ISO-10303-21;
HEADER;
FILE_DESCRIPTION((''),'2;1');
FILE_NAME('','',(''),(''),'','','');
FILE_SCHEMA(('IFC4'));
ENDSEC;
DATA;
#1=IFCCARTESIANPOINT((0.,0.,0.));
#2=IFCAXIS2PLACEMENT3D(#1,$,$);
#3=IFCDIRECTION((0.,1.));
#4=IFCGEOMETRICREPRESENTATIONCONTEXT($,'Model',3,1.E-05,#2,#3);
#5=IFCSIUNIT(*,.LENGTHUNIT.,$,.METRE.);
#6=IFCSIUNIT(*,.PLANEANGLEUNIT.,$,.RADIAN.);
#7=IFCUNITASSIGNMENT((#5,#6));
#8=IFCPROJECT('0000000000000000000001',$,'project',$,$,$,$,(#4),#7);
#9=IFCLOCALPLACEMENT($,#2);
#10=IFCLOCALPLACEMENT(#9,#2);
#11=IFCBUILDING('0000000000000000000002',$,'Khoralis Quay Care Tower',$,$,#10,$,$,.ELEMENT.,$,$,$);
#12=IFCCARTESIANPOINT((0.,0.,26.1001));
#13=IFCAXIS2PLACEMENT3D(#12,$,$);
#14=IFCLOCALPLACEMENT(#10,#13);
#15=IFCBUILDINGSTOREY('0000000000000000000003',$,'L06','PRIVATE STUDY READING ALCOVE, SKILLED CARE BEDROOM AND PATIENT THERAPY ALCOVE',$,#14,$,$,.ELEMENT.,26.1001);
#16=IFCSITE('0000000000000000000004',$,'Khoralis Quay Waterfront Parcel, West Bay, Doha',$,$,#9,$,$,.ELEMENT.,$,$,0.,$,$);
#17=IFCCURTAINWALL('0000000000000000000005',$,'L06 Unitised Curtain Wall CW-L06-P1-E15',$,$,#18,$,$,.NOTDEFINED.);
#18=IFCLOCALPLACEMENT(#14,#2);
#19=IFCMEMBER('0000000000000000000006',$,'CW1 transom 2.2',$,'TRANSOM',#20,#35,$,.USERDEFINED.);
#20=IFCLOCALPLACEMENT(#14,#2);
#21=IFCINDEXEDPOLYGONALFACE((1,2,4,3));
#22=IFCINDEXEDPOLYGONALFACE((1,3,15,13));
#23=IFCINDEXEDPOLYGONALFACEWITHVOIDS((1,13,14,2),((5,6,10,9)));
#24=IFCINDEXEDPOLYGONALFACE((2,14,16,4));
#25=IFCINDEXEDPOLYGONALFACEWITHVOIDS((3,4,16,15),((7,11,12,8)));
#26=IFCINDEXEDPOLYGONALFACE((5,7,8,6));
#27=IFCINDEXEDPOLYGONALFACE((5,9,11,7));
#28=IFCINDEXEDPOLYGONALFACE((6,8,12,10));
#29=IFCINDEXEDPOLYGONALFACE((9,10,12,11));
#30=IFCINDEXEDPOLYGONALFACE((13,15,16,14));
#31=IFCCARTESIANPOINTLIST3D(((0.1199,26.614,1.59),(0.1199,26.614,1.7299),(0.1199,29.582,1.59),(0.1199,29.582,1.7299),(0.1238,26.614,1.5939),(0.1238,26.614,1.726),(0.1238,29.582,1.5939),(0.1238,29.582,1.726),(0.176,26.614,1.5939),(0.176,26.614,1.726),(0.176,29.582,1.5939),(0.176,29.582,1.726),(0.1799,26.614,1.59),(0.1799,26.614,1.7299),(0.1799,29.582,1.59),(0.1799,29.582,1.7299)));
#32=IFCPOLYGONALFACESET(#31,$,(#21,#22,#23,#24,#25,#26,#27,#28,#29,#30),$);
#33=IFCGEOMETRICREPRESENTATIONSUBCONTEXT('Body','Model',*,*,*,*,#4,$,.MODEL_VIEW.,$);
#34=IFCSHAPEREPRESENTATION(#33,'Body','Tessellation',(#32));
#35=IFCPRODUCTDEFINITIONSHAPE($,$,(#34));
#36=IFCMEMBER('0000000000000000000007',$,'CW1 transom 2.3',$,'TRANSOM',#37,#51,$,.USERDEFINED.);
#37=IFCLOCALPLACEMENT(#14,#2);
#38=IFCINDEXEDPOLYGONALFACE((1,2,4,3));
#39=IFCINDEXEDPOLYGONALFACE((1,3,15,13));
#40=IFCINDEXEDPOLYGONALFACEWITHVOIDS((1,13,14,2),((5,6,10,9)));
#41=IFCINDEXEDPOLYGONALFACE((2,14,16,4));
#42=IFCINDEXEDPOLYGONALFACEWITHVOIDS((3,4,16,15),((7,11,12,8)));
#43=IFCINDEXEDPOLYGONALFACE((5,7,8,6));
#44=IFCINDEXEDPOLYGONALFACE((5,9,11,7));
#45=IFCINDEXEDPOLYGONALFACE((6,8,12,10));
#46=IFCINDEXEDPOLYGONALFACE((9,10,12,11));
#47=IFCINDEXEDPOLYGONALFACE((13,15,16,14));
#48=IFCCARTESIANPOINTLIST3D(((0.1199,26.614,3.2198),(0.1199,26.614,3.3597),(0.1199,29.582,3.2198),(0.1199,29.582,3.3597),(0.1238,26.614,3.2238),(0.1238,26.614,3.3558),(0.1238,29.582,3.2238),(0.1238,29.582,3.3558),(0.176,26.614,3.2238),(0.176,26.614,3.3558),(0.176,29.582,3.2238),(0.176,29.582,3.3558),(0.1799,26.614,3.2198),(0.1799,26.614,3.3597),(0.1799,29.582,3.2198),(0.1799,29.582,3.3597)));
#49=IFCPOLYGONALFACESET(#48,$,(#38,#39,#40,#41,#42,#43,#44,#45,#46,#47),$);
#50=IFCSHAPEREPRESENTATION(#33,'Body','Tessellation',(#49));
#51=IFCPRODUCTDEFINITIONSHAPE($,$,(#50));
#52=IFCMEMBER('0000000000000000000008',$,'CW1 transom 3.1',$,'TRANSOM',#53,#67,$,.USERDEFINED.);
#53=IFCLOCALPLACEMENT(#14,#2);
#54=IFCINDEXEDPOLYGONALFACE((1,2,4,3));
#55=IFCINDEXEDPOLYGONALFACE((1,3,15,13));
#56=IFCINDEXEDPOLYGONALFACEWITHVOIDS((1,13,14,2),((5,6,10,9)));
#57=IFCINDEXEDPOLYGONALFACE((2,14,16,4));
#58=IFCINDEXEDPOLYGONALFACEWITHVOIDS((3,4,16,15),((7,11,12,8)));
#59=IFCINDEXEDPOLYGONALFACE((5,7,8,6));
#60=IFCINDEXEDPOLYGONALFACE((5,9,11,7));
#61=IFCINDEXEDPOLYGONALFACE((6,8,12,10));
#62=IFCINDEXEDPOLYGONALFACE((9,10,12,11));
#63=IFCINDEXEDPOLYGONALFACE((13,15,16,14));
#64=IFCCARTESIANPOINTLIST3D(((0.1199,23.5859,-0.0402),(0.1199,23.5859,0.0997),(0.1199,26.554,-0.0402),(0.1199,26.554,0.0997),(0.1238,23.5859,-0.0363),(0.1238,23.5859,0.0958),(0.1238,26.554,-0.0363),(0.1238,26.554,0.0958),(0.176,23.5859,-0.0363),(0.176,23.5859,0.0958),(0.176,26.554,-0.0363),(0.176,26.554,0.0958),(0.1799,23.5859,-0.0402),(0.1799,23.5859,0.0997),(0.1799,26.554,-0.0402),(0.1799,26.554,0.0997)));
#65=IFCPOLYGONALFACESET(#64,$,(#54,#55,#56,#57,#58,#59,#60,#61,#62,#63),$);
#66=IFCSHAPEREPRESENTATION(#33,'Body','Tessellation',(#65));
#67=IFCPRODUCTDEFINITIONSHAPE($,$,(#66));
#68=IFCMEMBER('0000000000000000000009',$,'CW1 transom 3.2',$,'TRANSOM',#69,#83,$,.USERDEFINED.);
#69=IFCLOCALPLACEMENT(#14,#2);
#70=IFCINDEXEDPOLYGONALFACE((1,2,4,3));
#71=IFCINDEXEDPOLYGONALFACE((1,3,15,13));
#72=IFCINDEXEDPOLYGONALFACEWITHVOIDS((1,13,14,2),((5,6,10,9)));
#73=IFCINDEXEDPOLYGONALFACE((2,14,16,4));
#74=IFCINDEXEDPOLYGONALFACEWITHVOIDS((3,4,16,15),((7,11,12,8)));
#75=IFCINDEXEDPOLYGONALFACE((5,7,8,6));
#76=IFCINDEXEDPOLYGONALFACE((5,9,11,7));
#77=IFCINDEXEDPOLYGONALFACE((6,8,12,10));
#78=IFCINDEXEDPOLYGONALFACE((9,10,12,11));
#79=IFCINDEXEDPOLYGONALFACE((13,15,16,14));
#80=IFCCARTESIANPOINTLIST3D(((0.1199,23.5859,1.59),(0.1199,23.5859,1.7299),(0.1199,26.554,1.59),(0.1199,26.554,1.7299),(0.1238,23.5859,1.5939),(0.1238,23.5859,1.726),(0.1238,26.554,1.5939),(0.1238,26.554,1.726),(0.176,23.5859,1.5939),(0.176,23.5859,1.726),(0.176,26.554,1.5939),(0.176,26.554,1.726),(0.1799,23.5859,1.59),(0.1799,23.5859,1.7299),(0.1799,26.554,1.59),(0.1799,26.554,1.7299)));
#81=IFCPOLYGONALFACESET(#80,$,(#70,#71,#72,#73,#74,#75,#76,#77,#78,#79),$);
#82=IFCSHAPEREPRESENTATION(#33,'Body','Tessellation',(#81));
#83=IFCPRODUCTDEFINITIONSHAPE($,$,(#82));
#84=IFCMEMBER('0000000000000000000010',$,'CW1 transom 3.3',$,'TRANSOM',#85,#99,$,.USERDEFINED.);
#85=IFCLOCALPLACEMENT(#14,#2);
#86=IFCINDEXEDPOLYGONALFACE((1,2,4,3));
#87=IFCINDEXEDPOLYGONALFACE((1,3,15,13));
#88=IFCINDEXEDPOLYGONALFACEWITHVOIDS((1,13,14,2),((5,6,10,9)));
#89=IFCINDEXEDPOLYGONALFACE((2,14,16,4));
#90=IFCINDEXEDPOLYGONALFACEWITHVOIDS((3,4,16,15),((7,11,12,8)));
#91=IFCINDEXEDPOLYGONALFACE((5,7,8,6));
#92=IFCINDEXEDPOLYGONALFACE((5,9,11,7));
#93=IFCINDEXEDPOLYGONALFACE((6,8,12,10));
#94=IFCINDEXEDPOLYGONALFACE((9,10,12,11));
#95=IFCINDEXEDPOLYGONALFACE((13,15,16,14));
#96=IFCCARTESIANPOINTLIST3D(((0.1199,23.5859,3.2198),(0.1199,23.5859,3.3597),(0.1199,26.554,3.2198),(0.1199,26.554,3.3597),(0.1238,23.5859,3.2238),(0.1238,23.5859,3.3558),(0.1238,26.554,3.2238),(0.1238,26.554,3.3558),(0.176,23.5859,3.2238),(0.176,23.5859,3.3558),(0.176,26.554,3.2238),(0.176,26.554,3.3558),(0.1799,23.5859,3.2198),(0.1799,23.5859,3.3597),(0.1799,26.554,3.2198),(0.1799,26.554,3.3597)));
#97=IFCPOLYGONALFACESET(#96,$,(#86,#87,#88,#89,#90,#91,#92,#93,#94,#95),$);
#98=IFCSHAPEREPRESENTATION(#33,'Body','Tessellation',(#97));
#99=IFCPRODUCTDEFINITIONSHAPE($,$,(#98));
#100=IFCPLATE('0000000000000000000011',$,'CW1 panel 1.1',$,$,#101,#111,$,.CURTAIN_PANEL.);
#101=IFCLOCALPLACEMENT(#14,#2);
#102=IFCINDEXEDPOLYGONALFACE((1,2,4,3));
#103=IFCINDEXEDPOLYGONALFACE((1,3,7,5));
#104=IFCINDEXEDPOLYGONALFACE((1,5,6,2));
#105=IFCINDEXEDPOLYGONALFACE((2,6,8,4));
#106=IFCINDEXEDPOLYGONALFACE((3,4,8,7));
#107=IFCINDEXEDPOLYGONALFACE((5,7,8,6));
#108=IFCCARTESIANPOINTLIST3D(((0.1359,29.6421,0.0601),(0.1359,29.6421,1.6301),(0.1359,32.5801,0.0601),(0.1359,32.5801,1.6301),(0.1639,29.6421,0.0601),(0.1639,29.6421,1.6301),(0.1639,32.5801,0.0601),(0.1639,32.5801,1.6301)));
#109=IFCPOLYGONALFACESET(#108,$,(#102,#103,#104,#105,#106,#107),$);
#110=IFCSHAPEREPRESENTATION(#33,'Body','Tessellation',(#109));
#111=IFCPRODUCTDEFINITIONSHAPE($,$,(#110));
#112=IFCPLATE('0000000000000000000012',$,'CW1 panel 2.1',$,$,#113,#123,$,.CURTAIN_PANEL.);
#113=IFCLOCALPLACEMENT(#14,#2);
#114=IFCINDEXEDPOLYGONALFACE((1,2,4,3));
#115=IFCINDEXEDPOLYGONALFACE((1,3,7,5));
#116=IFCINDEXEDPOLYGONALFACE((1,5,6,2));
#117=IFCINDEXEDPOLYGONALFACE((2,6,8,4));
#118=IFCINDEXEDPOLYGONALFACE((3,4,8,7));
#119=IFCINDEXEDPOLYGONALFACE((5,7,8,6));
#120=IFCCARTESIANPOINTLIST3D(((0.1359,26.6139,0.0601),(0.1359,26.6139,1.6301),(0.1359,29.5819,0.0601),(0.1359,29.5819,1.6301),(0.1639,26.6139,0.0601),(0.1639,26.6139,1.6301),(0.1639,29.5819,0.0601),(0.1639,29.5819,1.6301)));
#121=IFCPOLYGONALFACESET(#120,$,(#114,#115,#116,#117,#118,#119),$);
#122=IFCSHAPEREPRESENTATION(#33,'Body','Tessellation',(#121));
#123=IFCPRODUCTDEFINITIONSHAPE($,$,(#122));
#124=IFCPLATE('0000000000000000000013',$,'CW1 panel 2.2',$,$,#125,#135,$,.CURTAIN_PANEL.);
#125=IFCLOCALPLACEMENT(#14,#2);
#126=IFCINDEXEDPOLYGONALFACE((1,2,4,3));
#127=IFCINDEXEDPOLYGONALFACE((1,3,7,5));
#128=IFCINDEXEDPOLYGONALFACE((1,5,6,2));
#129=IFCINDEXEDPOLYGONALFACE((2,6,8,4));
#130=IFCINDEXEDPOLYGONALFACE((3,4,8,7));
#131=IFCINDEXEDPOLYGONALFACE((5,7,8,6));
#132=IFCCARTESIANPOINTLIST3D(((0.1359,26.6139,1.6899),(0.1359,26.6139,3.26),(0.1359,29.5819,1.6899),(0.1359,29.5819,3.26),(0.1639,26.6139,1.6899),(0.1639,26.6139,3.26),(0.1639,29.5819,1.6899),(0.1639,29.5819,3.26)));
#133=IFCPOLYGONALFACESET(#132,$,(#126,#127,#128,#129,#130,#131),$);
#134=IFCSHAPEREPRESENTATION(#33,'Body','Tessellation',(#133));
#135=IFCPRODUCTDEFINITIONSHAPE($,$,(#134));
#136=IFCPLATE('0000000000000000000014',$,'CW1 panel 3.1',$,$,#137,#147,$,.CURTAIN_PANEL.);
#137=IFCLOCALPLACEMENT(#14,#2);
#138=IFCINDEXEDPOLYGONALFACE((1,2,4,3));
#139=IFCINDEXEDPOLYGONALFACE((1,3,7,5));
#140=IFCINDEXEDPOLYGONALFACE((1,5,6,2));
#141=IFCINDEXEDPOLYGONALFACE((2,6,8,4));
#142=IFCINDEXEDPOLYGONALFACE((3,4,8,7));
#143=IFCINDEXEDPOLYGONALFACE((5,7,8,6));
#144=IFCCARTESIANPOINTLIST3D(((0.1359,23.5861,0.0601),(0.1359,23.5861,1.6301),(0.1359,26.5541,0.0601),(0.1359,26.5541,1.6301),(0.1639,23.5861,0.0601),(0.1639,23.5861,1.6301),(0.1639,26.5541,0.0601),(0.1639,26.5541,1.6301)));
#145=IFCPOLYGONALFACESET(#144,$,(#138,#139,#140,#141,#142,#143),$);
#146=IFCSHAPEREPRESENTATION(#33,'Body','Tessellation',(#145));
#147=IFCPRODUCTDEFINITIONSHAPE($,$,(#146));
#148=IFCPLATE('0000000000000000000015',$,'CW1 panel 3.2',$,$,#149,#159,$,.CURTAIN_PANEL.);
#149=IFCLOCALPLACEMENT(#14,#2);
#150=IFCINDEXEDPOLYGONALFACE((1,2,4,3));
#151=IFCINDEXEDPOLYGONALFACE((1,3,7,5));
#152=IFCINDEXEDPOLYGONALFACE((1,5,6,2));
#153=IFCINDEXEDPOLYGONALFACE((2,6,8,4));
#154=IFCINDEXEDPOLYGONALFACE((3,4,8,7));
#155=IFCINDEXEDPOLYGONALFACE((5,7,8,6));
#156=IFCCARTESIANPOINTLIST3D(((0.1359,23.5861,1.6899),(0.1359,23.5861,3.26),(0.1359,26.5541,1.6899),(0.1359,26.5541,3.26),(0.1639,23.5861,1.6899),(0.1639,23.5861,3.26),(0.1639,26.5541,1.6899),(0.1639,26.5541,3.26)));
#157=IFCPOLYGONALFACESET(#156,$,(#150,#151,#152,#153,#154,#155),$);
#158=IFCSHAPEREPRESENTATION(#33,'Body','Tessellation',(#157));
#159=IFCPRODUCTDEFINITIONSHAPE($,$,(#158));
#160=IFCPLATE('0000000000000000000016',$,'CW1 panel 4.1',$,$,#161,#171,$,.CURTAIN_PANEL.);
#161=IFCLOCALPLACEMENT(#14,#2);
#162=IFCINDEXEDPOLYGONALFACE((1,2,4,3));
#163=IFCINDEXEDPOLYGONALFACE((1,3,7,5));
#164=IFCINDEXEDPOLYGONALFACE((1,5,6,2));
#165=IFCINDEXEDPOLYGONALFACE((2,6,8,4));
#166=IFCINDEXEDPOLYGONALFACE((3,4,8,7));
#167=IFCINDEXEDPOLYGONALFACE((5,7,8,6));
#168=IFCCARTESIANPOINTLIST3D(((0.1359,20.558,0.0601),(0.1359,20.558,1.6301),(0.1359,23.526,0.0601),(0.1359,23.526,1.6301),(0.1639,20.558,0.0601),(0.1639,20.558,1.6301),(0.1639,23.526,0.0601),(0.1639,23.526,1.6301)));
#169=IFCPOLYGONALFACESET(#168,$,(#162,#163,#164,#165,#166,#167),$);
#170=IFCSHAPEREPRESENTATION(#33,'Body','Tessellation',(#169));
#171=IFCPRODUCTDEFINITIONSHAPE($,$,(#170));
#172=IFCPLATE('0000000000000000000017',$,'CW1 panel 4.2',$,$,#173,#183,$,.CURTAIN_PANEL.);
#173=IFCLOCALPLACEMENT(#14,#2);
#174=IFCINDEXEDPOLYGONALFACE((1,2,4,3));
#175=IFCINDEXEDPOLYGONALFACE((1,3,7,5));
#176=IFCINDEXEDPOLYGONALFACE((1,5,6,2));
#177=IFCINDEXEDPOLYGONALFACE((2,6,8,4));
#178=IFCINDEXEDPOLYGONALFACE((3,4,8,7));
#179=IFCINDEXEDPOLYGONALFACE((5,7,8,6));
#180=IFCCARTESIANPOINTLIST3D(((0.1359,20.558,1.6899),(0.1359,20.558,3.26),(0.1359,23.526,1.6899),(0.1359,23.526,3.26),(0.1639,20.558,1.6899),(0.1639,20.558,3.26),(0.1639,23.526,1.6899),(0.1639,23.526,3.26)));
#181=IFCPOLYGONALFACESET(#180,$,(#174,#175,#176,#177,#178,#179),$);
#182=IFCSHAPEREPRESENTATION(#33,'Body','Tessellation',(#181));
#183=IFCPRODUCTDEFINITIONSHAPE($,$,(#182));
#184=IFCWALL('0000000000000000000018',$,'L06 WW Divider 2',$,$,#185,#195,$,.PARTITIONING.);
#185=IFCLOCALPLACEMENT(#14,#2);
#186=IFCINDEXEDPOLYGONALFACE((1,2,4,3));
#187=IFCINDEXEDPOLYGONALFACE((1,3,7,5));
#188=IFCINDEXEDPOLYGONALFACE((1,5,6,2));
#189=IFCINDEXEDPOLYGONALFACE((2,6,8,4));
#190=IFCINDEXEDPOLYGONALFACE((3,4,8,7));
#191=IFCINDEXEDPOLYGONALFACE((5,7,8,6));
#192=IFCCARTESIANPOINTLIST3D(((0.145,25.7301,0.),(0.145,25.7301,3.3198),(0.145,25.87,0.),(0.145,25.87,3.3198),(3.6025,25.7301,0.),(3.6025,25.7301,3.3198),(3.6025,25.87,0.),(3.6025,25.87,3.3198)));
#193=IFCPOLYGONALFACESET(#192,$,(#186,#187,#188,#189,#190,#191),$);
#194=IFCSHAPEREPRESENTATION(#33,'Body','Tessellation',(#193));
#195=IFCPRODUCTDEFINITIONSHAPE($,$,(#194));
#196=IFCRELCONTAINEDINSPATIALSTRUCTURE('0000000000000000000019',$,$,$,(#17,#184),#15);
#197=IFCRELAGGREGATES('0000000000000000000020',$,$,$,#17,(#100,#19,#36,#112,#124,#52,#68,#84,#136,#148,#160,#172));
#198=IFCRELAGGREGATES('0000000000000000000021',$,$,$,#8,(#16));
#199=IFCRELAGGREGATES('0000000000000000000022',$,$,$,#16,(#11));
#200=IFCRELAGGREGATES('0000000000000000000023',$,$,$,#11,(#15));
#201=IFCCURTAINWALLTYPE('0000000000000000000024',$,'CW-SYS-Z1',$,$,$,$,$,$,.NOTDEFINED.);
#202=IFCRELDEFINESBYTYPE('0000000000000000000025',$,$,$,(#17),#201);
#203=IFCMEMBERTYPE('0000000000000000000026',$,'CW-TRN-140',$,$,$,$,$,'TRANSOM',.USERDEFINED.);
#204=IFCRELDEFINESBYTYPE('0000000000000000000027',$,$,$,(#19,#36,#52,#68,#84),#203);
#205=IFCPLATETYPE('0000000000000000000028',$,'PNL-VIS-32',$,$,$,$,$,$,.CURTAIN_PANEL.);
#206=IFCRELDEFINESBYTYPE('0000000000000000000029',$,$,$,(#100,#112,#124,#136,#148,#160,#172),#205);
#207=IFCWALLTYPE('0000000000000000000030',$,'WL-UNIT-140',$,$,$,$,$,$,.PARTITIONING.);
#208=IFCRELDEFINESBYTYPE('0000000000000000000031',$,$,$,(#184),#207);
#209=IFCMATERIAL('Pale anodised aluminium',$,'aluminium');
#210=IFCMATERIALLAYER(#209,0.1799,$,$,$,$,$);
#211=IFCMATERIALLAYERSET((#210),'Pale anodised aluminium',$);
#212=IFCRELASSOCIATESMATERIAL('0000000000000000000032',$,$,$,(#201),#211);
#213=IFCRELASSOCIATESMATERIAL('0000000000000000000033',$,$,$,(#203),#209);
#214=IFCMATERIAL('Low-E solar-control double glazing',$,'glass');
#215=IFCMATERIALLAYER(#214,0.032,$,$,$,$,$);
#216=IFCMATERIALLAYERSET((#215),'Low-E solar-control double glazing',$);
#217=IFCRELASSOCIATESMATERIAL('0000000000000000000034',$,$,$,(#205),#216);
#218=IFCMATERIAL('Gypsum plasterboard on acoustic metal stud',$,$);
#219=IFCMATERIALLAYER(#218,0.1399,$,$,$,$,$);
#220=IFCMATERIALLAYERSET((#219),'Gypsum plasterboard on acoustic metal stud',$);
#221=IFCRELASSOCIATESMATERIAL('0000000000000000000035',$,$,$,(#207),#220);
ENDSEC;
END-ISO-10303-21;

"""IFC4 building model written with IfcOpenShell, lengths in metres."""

from ifc_helpers import new_model, si_unit, direction, frame, frame_2d, origin, origin_2d, place, context, subcontext, project, spatial, rectangle, hollow_rectangle, extrude, source, transform, mapped, material, layer, layer_set, material_profile, profile_set, type_object, element, aggregate, save


model = new_model("IFC4")

# Units and contexts
model_context = context("Model", 3, precision=1e-05, world=origin(), true_north=direction((0.0, 1.0)))
body_context = subcontext(model_context, "Body", "Model", "MODEL_VIEW")
ifc_project = project(units=[si_unit("LENGTHUNIT", "METRE"), si_unit("PLANEANGLEUNIT", "RADIAN")], contexts=[model_context])

# Site, building, storey
site_placement = place(None, origin())
site = spatial("IfcSite", under=ifc_project, at=site_placement, Name="Khoralis Quay Waterfront Parcel, West Bay, Doha", CompositionType="ELEMENT", RefElevation=0.0)
building_placement = place(site_placement, origin())
building = spatial("IfcBuilding", under=site, at=building_placement, Name="Khoralis Quay Care Tower", CompositionType="ELEMENT")
storey_placement = place(building_placement, frame((0.0, 0.0, 26.1001)))
storey = spatial("IfcBuildingStorey", under=building, at=storey_placement, Name="L06", Description="PRIVATE STUDY READING ALCOVE, SKILLED CARE BEDROOM AND PATIENT THERAPY ALCOVE", CompositionType="ELEMENT", Elevation=26.1001)

# Curtain wall, members, plates
ifc_material_1 = material(Name="Pale anodised aluminium", Category="aluminium")
ifc_layer_1 = layer(ifc_material_1, 0.1799)
ifc_layer_set_1 = layer_set([ifc_layer_1], Name="Pale anodised aluminium")
curtain_wall_type = type_object("IfcCurtainWallType", Name="CW-SYS-Z1", PredefinedType="NOTDEFINED", material=ifc_layer_set_1)
curtain_wall_placement = place(storey_placement, origin())
curtain_wall = element("IfcCurtainWall", 1, at=curtain_wall_placement, inside=storey, type_object=curtain_wall_type, Name="L06 Unitised Curtain Wall CW-L06-P1-E15", PredefinedType="NOTDEFINED")
ifc_material_profile_1 = material_profile(ifc_material_1, hollow_rectangle(XDim=0.0601, YDim=0.1399, WallThickness=0.0039, at=origin_2d()), Name="Pale anodised aluminium")
ifc_profile_set_1 = profile_set([ifc_material_profile_1], Name="Pale anodised aluminium")
member_type_1 = type_object("IfcMemberType", Name="CW-TRN-140", ElementType="TRANSOM", PredefinedType="USERDEFINED", material=ifc_profile_set_1)
shared_shape_1 = source(origin(), body_context, "Body", "SweptSolid", [
    extrude(hollow_rectangle(XDim=0.0601, YDim=0.1399, WallThickness=0.0039, at=origin_2d()), origin(), (0.0, 0.0, 1.0), 2.968),
])
member_1_placement = place(storey_placement, frame((0.1499, 29.582, 1.6599), z_axis=(0.0, -1.0, 0.0), x_axis=(1.0, 0.0, 0.0)))
member_1 = element("IfcMember", 2, at=member_1_placement, type_object=member_type_1, Name="CW1 transom 2.2", ObjectType="TRANSOM", PredefinedType="USERDEFINED", context=body_context, shape_type="MappedRepresentation", body=[
    mapped(shared_shape_1, transform((0.0, 0.0, 0.0), scale=1.0)),
])
member_2_placement = place(storey_placement, frame((0.1499, 29.582, 3.2898), z_axis=(0.0, -1.0, 0.0), x_axis=(1.0, 0.0, 0.0)))
member_2 = element("IfcMember", 3, at=member_2_placement, type_object=member_type_1, Name="CW1 transom 2.3", ObjectType="TRANSOM", PredefinedType="USERDEFINED", context=body_context, shape_type="MappedRepresentation", body=[
    mapped(shared_shape_1, transform((0.0, 0.0, 0.0), scale=1.0)),
])
member_3_placement = place(storey_placement, frame((0.1499, 26.554, 0.0298), z_axis=(0.0, -1.0, 0.0), x_axis=(1.0, 0.0, 0.0)))
member_3 = element("IfcMember", 4, at=member_3_placement, type_object=member_type_1, Name="CW1 transom 3.1", ObjectType="TRANSOM", PredefinedType="USERDEFINED", context=body_context, shape_type="MappedRepresentation", body=[
    mapped(shared_shape_1, transform((0.0, 0.0, 0.0), scale=1.0)),
])
member_4_placement = place(storey_placement, frame((0.1499, 26.554, 1.6599), z_axis=(0.0, -1.0, 0.0), x_axis=(1.0, 0.0, 0.0)))
member_4 = element("IfcMember", 5, at=member_4_placement, type_object=member_type_1, Name="CW1 transom 3.2", ObjectType="TRANSOM", PredefinedType="USERDEFINED", context=body_context, shape_type="MappedRepresentation", body=[
    mapped(shared_shape_1, transform((0.0, 0.0, 0.0), scale=1.0)),
])
member_5_placement = place(storey_placement, frame((0.1499, 26.554, 3.2898), z_axis=(0.0, -1.0, 0.0), x_axis=(1.0, 0.0, 0.0)))
member_5 = element("IfcMember", 6, at=member_5_placement, type_object=member_type_1, Name="CW1 transom 3.3", ObjectType="TRANSOM", PredefinedType="USERDEFINED", context=body_context, shape_type="MappedRepresentation", body=[
    mapped(shared_shape_1, transform((0.0, 0.0, 0.0), scale=1.0)),
])
ifc_material_2 = material(Name="Low-E solar-control double glazing", Category="glass")
ifc_layer_2 = layer(ifc_material_2, 0.032)
ifc_layer_set_2 = layer_set([ifc_layer_2], Name="Low-E solar-control double glazing")
plate_type = type_object("IfcPlateType", Name="PNL-VIS-32", PredefinedType="CURTAIN_PANEL", material=ifc_layer_set_2)
shared_shape_2 = source(origin(), body_context, "Body", "SweptSolid", [
    extrude(rectangle(XDim=2.938, YDim=0.0281, at=origin_2d()), origin(), (0.0, 0.0, 1.0), 1.5701),
])
plate_1_placement = place(storey_placement, frame((0.1499, 31.1111, 0.0601), z_axis=(0.0, 0.0, 1.0), x_axis=(0.0, -1.0, 0.0)))
plate_1 = element("IfcPlate", 7, at=plate_1_placement, type_object=plate_type, Name="CW1 panel 1.1", PredefinedType="CURTAIN_PANEL", context=body_context, shape_type="MappedRepresentation", body=[
    mapped(shared_shape_2, transform((0.0, 0.0, 0.0), scale=1.0)),
])
shared_shape_3 = source(origin(), body_context, "Body", "SweptSolid", [
    extrude(rectangle(XDim=2.968, YDim=0.0281, at=origin_2d()), origin(), (0.0, 0.0, 1.0), 1.5701),
])
plate_2_placement = place(storey_placement, frame((0.1499, 28.0979, 0.0601), z_axis=(0.0, 0.0, 1.0), x_axis=(0.0, -1.0, 0.0)))
plate_2 = element("IfcPlate", 8, at=plate_2_placement, type_object=plate_type, Name="CW1 panel 2.1", PredefinedType="CURTAIN_PANEL", context=body_context, shape_type="MappedRepresentation", body=[
    mapped(shared_shape_3, transform((0.0, 0.0, 0.0), scale=1.0)),
])
plate_3_placement = place(storey_placement, frame((0.1499, 28.0979, 1.6899), z_axis=(0.0, 0.0, 1.0), x_axis=(0.0, -1.0, 0.0)))
plate_3 = element("IfcPlate", 9, at=plate_3_placement, type_object=plate_type, Name="CW1 panel 2.2", PredefinedType="CURTAIN_PANEL", context=body_context, shape_type="MappedRepresentation", body=[
    mapped(shared_shape_3, transform((0.0, 0.0, 0.0), scale=1.0)),
])
plate_4_placement = place(storey_placement, frame((0.1499, 25.0701, 0.0601), z_axis=(0.0, 0.0, 1.0), x_axis=(0.0, -1.0, 0.0)))
plate_4 = element("IfcPlate", 10, at=plate_4_placement, type_object=plate_type, Name="CW1 panel 3.1", PredefinedType="CURTAIN_PANEL", context=body_context, shape_type="MappedRepresentation", body=[
    mapped(shared_shape_3, transform((0.0, 0.0, 0.0), scale=1.0)),
])
plate_5_placement = place(storey_placement, frame((0.1499, 25.0701, 1.6899), z_axis=(0.0, 0.0, 1.0), x_axis=(0.0, -1.0, 0.0)))
plate_5 = element("IfcPlate", 11, at=plate_5_placement, type_object=plate_type, Name="CW1 panel 3.2", PredefinedType="CURTAIN_PANEL", context=body_context, shape_type="MappedRepresentation", body=[
    mapped(shared_shape_3, transform((0.0, 0.0, 0.0), scale=1.0)),
])
plate_6_placement = place(storey_placement, frame((0.1499, 22.042, 0.0601), z_axis=(0.0, 0.0, 1.0), x_axis=(0.0, -1.0, 0.0)))
plate_6 = element("IfcPlate", 12, at=plate_6_placement, type_object=plate_type, Name="CW1 panel 4.1", PredefinedType="CURTAIN_PANEL", context=body_context, shape_type="MappedRepresentation", body=[
    mapped(shared_shape_3, transform((0.0, 0.0, 0.0), scale=1.0)),
])
plate_7_placement = place(storey_placement, frame((0.1499, 22.042, 1.6899), z_axis=(0.0, 0.0, 1.0), x_axis=(0.0, -1.0, 0.0)))
plate_7 = element("IfcPlate", 13, at=plate_7_placement, type_object=plate_type, Name="CW1 panel 4.2", PredefinedType="CURTAIN_PANEL", context=body_context, shape_type="MappedRepresentation", body=[
    mapped(shared_shape_3, transform((0.0, 0.0, 0.0), scale=1.0)),
])
aggregate(curtain_wall, [plate_1, member_1, member_2, plate_2, plate_3, member_3, member_4, member_5, plate_4, plate_5, plate_6, plate_7])

# Wall
ifc_material_3 = material(Name="Gypsum plasterboard on acoustic metal stud")
ifc_layer_3 = layer(ifc_material_3, 0.1399)
ifc_layer_set_3 = layer_set([ifc_layer_3], Name="Gypsum plasterboard on acoustic metal stud")
wall_type = type_object("IfcWallType", Name="WL-UNIT-140", PredefinedType="PARTITIONING", material=ifc_layer_set_3)
wall_placement = place(storey_placement, frame((0.145, 25.8, 0.0), z_axis=(0.0, 0.0, 1.0), x_axis=(1.0, 0.0, 0.0)))
element("IfcWall", 14, at=wall_placement, inside=storey, type_object=wall_type, Name="L06 WW Divider 2", PredefinedType="PARTITIONING", context=body_context, shape_type="SweptSolid", body=[
    extrude(rectangle(XDim=3.4575, YDim=0.1399, at=frame_2d((1.7288, 0.0))), origin(), (0.0, 0.0, 1.0), 3.3198),
])

save(model, "model.ifc")
